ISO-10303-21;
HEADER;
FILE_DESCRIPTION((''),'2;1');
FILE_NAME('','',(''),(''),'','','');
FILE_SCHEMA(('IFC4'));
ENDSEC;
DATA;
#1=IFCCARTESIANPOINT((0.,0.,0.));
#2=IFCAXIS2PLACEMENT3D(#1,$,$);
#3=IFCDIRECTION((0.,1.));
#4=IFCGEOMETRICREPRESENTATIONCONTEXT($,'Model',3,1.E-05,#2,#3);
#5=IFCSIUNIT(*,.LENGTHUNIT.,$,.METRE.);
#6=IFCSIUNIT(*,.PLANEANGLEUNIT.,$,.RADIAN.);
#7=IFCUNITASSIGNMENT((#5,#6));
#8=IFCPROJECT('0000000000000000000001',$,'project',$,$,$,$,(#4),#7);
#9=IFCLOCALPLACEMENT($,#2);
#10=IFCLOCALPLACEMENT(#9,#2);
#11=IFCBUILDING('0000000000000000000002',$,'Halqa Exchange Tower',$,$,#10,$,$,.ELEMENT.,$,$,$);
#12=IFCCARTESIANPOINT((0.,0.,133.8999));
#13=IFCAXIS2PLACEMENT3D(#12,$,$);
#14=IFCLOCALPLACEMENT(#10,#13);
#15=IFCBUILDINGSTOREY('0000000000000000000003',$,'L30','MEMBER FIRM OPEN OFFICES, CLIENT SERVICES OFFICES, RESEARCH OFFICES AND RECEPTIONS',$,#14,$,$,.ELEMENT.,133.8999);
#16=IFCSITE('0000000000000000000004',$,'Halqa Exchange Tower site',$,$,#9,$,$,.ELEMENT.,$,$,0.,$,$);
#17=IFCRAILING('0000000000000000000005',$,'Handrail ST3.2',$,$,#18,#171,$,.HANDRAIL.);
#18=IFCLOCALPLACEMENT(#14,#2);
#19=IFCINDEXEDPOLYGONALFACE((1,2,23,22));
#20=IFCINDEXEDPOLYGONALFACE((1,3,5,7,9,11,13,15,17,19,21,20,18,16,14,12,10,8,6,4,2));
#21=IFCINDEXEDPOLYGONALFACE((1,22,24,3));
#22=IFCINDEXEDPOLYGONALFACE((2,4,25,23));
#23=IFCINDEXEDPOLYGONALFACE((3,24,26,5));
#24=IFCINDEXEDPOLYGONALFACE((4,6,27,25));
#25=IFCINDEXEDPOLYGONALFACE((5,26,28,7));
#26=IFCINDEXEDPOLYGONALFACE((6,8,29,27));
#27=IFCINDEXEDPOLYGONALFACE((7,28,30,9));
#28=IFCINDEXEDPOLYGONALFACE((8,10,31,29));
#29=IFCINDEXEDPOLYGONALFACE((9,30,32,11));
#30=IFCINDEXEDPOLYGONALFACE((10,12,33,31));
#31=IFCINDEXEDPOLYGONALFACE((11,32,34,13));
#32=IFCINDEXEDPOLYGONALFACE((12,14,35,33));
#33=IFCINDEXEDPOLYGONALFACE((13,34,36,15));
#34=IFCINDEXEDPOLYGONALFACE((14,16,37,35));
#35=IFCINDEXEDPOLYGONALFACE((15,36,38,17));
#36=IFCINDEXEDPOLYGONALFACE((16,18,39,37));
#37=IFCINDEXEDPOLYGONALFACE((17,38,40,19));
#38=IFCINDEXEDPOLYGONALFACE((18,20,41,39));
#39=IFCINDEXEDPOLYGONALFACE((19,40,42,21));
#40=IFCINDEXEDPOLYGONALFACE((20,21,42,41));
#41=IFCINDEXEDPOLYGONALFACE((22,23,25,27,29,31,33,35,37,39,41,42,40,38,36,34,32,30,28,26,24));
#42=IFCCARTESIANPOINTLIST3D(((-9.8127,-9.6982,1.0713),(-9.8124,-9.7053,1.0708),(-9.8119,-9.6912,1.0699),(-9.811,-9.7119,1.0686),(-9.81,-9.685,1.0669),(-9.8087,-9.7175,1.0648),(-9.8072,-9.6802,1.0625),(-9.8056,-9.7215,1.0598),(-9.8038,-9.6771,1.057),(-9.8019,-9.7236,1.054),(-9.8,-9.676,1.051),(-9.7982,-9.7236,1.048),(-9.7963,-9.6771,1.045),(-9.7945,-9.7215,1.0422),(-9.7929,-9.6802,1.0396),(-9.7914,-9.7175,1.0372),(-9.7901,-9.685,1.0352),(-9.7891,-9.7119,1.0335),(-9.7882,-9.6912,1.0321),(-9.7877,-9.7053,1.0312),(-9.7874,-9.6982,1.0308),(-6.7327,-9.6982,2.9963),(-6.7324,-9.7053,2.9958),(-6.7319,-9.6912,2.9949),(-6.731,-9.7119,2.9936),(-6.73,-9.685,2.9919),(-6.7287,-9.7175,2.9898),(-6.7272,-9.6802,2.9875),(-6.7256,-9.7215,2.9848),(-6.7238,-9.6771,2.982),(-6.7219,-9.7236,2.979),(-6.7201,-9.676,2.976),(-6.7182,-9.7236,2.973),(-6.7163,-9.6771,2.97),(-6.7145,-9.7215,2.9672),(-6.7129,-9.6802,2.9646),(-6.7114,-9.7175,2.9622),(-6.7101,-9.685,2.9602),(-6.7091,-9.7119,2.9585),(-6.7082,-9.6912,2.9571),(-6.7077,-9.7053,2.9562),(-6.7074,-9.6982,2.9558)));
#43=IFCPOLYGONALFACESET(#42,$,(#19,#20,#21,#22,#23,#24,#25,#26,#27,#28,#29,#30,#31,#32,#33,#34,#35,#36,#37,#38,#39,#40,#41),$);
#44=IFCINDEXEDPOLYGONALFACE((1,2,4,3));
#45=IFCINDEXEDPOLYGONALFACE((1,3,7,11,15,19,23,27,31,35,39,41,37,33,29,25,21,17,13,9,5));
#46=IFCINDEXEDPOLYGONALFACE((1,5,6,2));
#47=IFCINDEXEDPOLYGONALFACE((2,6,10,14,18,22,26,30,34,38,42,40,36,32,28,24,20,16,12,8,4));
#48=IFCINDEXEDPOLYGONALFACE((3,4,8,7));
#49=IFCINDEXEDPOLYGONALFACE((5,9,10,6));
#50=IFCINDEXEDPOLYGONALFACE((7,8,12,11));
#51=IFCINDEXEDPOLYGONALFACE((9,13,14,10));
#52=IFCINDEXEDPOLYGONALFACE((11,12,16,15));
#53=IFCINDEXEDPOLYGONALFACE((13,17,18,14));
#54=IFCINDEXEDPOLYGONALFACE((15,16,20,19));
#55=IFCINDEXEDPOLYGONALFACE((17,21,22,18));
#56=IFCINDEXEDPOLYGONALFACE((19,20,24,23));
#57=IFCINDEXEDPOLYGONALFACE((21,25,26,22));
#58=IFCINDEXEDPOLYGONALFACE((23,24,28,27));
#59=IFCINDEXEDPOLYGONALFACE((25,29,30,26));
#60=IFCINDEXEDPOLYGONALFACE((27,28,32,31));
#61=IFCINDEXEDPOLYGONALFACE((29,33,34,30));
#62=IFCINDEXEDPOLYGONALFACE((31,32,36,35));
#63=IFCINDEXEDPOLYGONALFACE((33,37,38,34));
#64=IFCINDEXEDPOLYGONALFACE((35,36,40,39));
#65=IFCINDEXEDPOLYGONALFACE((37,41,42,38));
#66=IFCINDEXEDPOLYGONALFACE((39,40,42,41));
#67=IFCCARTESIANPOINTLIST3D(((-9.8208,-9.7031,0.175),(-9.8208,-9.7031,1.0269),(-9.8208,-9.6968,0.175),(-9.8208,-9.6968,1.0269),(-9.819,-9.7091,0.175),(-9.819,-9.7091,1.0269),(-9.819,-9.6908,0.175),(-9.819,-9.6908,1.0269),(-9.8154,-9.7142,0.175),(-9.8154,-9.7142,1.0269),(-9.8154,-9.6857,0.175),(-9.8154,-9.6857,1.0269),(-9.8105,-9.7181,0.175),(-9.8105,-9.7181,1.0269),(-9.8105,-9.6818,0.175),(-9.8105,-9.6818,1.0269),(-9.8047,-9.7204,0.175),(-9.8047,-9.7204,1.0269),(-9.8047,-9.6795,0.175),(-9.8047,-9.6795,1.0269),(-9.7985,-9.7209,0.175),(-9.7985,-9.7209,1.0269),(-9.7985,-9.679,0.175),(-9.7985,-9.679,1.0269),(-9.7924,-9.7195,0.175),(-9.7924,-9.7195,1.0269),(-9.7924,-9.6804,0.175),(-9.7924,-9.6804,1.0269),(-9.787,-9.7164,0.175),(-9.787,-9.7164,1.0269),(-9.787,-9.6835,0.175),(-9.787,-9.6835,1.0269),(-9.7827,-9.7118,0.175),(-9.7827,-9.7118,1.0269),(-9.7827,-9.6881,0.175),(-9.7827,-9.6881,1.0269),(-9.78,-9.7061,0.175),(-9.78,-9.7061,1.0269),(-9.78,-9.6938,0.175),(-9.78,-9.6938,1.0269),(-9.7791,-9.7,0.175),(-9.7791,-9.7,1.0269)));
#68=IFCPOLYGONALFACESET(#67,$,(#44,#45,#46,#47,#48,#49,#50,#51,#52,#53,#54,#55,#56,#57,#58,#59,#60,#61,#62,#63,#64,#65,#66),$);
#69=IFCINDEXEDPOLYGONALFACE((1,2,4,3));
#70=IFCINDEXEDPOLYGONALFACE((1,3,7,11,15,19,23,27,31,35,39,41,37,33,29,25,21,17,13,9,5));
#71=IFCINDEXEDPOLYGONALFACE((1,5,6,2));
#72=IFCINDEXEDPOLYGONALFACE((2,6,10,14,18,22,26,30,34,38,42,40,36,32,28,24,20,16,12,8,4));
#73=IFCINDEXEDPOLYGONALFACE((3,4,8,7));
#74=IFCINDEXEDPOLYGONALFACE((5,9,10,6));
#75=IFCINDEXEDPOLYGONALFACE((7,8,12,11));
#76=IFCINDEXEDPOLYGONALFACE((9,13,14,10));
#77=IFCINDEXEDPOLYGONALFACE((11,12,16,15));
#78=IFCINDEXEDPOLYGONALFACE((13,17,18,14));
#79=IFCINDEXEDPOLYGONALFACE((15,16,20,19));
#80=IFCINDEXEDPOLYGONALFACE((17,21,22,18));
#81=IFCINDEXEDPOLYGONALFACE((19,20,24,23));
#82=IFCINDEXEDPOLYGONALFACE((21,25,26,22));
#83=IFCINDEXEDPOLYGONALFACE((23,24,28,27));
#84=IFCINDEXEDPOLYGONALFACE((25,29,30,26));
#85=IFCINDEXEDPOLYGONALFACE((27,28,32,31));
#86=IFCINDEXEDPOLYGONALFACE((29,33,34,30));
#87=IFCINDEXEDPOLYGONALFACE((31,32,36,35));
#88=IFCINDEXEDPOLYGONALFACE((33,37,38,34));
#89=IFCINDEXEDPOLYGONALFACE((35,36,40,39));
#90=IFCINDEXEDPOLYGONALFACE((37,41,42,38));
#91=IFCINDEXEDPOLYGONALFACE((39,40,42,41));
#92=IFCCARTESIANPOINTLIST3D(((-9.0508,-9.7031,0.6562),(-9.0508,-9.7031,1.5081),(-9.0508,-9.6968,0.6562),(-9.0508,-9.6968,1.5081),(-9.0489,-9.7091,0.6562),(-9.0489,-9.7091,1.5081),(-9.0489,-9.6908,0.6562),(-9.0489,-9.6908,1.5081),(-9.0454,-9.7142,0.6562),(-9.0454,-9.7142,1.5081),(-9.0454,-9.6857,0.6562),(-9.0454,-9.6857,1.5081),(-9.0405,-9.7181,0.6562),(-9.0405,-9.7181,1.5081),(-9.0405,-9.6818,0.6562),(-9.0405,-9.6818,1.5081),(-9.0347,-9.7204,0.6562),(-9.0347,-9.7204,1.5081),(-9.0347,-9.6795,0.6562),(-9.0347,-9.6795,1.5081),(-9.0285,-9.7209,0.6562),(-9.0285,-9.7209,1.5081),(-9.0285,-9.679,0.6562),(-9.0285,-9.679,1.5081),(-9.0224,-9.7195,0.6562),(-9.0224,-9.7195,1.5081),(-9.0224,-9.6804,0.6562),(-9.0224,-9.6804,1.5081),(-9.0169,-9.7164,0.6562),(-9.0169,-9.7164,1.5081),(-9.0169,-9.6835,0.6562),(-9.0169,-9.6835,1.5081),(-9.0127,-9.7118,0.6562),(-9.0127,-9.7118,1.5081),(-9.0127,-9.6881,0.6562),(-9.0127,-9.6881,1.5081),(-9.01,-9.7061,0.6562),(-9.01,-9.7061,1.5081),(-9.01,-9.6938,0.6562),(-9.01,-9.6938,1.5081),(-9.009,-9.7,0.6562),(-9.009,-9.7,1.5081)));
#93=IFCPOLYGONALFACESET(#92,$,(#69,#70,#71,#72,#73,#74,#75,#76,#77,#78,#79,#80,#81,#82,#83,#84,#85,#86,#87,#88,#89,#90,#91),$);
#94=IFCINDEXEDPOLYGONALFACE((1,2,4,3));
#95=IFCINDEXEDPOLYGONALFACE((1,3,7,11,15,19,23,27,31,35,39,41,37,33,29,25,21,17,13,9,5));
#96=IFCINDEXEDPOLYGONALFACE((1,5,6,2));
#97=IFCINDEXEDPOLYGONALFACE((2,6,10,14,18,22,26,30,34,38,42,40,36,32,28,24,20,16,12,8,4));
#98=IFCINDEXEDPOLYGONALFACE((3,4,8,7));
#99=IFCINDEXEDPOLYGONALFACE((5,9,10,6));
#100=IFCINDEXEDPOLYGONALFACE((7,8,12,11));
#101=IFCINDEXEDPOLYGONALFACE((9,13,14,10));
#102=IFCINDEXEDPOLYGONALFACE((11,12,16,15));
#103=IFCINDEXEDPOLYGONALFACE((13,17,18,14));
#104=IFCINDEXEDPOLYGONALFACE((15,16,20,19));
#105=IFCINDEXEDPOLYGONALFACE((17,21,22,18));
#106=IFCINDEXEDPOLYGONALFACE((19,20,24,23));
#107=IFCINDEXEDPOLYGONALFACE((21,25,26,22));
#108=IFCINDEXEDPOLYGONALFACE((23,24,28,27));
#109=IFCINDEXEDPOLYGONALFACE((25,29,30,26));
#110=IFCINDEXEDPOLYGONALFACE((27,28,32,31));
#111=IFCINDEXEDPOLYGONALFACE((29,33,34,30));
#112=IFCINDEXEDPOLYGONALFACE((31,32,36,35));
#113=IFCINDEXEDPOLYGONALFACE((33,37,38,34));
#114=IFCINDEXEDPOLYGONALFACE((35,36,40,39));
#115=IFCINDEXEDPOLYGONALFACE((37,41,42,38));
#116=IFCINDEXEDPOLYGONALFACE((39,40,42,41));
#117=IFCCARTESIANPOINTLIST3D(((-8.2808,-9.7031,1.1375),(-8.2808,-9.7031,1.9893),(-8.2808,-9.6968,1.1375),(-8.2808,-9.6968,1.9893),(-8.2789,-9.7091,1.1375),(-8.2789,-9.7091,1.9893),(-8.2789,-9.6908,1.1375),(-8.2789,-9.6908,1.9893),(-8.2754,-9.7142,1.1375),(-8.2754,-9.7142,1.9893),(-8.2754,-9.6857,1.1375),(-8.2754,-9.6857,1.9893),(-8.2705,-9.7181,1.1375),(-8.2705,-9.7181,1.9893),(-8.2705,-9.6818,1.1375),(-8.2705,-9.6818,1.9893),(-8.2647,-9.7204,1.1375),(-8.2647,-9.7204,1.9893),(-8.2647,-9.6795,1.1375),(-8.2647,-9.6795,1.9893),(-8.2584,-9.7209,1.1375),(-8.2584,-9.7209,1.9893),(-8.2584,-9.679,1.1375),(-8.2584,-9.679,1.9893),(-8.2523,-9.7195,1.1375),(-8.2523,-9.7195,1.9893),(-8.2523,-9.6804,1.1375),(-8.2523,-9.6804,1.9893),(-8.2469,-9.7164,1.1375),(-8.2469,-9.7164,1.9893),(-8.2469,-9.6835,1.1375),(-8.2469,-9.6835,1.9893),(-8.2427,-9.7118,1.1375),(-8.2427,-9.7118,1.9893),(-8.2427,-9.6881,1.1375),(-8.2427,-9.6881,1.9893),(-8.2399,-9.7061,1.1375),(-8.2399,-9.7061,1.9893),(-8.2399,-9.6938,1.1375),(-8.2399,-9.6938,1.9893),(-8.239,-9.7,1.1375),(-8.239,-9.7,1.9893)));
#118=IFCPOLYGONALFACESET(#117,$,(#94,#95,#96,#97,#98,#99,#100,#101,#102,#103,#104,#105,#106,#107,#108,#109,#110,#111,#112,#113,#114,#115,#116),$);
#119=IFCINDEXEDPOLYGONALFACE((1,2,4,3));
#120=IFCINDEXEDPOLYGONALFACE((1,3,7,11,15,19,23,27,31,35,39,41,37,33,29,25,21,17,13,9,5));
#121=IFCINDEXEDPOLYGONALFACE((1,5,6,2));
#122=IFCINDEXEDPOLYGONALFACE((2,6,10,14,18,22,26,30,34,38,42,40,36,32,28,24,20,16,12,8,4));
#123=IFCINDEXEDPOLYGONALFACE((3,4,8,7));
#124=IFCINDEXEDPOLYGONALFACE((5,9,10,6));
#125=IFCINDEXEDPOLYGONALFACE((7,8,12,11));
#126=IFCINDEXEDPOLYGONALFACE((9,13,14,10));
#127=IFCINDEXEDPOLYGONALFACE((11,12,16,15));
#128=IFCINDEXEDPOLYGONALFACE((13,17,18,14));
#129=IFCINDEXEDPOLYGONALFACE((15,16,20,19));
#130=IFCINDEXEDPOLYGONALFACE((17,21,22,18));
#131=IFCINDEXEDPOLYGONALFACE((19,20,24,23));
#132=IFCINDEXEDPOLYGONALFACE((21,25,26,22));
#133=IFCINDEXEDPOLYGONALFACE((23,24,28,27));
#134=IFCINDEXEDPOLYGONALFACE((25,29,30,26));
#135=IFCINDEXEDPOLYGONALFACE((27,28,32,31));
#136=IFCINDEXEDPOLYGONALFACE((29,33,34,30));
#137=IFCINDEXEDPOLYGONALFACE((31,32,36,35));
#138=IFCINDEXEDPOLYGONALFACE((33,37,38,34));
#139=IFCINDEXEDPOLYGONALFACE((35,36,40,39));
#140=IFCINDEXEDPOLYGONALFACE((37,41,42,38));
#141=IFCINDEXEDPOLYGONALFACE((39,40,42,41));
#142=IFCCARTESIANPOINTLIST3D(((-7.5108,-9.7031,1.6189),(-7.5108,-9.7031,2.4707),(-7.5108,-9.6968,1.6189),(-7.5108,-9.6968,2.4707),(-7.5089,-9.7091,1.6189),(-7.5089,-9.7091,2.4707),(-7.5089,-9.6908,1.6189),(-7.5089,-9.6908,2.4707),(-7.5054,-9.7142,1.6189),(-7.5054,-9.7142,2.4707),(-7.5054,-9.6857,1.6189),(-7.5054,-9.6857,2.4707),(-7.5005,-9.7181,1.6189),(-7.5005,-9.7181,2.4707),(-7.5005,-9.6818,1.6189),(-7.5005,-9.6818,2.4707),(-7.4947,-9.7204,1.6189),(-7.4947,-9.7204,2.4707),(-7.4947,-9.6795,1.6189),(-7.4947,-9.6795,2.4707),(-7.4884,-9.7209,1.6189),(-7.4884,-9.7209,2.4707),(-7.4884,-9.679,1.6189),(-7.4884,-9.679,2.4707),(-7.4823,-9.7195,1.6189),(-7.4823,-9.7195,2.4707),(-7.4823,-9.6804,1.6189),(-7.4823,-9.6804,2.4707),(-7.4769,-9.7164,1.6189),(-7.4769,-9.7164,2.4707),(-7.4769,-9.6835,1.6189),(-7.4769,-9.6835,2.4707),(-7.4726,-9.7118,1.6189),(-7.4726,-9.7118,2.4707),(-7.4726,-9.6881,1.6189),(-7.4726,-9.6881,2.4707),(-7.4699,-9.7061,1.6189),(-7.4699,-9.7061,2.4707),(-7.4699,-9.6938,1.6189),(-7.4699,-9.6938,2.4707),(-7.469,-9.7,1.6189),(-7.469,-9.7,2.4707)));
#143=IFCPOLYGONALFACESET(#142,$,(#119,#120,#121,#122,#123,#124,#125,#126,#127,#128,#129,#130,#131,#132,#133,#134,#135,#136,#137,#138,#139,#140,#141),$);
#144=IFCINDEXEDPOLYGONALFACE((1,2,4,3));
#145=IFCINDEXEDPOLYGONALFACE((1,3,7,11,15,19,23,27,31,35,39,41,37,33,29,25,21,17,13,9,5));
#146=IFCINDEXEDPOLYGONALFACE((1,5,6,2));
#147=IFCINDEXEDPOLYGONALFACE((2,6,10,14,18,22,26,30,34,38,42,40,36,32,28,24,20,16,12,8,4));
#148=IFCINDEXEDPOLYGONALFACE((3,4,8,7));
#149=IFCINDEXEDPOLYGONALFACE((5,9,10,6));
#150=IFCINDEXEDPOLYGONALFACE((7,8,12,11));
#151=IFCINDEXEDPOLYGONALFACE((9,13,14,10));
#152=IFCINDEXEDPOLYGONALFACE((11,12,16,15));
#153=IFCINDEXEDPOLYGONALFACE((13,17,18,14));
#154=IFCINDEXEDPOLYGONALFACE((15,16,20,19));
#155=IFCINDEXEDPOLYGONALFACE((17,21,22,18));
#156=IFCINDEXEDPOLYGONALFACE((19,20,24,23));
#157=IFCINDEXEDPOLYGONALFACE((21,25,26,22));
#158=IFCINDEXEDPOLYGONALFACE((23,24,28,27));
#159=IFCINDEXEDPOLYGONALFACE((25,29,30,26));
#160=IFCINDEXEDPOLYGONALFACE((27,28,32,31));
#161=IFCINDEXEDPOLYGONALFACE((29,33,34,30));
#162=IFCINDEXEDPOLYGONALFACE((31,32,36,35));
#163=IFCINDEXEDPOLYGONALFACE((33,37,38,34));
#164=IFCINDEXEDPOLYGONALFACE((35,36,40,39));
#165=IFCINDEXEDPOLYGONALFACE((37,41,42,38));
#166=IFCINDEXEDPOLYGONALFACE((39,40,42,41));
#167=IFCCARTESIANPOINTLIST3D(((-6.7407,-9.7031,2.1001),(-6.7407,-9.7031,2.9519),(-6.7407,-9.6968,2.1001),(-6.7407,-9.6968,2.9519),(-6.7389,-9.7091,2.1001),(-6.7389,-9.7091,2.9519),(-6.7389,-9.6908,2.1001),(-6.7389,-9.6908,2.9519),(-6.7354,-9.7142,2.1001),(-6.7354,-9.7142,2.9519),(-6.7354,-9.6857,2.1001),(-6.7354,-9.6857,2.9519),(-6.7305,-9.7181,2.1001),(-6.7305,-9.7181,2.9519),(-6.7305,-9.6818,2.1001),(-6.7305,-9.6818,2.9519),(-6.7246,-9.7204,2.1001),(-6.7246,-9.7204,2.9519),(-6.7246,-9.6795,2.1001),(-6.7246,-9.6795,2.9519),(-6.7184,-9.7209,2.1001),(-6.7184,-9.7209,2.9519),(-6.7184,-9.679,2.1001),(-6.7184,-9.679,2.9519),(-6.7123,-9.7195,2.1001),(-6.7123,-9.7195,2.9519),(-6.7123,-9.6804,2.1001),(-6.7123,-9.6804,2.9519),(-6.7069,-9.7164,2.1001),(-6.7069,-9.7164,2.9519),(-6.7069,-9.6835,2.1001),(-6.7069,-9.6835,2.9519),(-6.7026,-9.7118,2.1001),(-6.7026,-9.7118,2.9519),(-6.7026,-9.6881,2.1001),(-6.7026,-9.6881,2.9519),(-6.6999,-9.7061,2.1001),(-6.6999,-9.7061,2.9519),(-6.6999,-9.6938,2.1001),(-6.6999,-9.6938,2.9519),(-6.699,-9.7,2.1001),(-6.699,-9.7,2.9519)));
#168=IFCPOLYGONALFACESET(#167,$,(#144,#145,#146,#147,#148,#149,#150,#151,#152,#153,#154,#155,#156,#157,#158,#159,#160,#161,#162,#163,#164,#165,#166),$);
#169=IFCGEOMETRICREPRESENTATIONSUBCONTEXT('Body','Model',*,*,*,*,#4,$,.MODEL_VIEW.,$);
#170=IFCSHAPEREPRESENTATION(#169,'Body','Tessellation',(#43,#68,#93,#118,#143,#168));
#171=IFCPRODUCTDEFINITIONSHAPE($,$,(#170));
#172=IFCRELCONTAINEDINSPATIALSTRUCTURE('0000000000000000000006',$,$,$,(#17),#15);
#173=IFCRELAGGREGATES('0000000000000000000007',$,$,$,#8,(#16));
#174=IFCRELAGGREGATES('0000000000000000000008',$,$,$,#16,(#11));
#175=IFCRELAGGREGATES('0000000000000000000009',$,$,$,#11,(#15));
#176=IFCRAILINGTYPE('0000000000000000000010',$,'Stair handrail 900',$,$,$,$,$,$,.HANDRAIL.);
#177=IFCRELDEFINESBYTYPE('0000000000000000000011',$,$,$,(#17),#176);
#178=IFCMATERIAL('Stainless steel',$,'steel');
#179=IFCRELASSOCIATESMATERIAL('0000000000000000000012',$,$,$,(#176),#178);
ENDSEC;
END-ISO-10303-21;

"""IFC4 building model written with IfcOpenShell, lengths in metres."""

from ifc_helpers import new_model, si_unit, direction, frame, origin, origin_2d, place, context, subcontext, project, spatial, circle, extrude, material, type_object, element, save


model = new_model("IFC4")

# Units and contexts
model_context = context("Model", 3, precision=1e-05, world=origin(), true_north=direction((0.0, 1.0)))
body_context = subcontext(model_context, "Body", "Model", "MODEL_VIEW")
ifc_project = project(units=[si_unit("LENGTHUNIT", "METRE"), si_unit("PLANEANGLEUNIT", "RADIAN")], contexts=[model_context])

# Site, building, storey
site_placement = place(None, origin())
site = spatial("IfcSite", under=ifc_project, at=site_placement, Name="Halqa Exchange Tower site", CompositionType="ELEMENT", RefElevation=0.0)
building_placement = place(site_placement, origin())
building = spatial("IfcBuilding", under=site, at=building_placement, Name="Halqa Exchange Tower", CompositionType="ELEMENT")
storey_placement = place(building_placement, frame((0.0, 0.0, 133.8999)))
storey = spatial("IfcBuildingStorey", under=building, at=storey_placement, Name="L30", Description="MEMBER FIRM OPEN OFFICES, CLIENT SERVICES OFFICES, RESEARCH OFFICES AND RECEPTIONS", CompositionType="ELEMENT", Elevation=133.8999)

# Shared definitions
ifc_material_1 = material(Name="Stainless steel", Category="steel")

# Railing
railing_type_1 = type_object("IfcRailingType", Name="Stair handrail 900", PredefinedType="HANDRAIL", material=ifc_material_1)
railing_1_placement = place(storey_placement, frame((-9.8, -9.7, 0.175)))
element("IfcRailing", 1, at=railing_1_placement, inside=storey, type_object=railing_type_1, Name="Handrail ST3.2", PredefinedType="HANDRAIL", context=body_context, shape_type="SweptSolid", body=[
    extrude(circle(Radius=0.0239, at=origin_2d()), frame((0.0, 0.0, 0.876), z_axis=(0.847998, 0.0, 0.529999), x_axis=(0.0, 1.0, 0.0)), (0.0, 0.0, 1.0), 3.6321),
    extrude(circle(Radius=0.021, at=origin_2d()), origin(), (0.0, 0.0, 1.0), 0.8518),
    extrude(circle(Radius=0.021, at=origin_2d()), frame((0.77, 0.0, 0.4812)), (0.0, 0.0, 1.0), 0.8518),
    extrude(circle(Radius=0.021, at=origin_2d()), frame((1.54, 0.0, 0.9624)), (0.0, 0.0, 1.0), 0.8518),
    extrude(circle(Radius=0.021, at=origin_2d()), frame((2.3101, 0.0, 1.4438)), (0.0, 0.0, 1.0), 0.8518),
    extrude(circle(Radius=0.021, at=origin_2d()), frame((3.0801, 0.0, 1.925)), (0.0, 0.0, 1.0), 0.8518),
])

save(model, "model.ifc")
